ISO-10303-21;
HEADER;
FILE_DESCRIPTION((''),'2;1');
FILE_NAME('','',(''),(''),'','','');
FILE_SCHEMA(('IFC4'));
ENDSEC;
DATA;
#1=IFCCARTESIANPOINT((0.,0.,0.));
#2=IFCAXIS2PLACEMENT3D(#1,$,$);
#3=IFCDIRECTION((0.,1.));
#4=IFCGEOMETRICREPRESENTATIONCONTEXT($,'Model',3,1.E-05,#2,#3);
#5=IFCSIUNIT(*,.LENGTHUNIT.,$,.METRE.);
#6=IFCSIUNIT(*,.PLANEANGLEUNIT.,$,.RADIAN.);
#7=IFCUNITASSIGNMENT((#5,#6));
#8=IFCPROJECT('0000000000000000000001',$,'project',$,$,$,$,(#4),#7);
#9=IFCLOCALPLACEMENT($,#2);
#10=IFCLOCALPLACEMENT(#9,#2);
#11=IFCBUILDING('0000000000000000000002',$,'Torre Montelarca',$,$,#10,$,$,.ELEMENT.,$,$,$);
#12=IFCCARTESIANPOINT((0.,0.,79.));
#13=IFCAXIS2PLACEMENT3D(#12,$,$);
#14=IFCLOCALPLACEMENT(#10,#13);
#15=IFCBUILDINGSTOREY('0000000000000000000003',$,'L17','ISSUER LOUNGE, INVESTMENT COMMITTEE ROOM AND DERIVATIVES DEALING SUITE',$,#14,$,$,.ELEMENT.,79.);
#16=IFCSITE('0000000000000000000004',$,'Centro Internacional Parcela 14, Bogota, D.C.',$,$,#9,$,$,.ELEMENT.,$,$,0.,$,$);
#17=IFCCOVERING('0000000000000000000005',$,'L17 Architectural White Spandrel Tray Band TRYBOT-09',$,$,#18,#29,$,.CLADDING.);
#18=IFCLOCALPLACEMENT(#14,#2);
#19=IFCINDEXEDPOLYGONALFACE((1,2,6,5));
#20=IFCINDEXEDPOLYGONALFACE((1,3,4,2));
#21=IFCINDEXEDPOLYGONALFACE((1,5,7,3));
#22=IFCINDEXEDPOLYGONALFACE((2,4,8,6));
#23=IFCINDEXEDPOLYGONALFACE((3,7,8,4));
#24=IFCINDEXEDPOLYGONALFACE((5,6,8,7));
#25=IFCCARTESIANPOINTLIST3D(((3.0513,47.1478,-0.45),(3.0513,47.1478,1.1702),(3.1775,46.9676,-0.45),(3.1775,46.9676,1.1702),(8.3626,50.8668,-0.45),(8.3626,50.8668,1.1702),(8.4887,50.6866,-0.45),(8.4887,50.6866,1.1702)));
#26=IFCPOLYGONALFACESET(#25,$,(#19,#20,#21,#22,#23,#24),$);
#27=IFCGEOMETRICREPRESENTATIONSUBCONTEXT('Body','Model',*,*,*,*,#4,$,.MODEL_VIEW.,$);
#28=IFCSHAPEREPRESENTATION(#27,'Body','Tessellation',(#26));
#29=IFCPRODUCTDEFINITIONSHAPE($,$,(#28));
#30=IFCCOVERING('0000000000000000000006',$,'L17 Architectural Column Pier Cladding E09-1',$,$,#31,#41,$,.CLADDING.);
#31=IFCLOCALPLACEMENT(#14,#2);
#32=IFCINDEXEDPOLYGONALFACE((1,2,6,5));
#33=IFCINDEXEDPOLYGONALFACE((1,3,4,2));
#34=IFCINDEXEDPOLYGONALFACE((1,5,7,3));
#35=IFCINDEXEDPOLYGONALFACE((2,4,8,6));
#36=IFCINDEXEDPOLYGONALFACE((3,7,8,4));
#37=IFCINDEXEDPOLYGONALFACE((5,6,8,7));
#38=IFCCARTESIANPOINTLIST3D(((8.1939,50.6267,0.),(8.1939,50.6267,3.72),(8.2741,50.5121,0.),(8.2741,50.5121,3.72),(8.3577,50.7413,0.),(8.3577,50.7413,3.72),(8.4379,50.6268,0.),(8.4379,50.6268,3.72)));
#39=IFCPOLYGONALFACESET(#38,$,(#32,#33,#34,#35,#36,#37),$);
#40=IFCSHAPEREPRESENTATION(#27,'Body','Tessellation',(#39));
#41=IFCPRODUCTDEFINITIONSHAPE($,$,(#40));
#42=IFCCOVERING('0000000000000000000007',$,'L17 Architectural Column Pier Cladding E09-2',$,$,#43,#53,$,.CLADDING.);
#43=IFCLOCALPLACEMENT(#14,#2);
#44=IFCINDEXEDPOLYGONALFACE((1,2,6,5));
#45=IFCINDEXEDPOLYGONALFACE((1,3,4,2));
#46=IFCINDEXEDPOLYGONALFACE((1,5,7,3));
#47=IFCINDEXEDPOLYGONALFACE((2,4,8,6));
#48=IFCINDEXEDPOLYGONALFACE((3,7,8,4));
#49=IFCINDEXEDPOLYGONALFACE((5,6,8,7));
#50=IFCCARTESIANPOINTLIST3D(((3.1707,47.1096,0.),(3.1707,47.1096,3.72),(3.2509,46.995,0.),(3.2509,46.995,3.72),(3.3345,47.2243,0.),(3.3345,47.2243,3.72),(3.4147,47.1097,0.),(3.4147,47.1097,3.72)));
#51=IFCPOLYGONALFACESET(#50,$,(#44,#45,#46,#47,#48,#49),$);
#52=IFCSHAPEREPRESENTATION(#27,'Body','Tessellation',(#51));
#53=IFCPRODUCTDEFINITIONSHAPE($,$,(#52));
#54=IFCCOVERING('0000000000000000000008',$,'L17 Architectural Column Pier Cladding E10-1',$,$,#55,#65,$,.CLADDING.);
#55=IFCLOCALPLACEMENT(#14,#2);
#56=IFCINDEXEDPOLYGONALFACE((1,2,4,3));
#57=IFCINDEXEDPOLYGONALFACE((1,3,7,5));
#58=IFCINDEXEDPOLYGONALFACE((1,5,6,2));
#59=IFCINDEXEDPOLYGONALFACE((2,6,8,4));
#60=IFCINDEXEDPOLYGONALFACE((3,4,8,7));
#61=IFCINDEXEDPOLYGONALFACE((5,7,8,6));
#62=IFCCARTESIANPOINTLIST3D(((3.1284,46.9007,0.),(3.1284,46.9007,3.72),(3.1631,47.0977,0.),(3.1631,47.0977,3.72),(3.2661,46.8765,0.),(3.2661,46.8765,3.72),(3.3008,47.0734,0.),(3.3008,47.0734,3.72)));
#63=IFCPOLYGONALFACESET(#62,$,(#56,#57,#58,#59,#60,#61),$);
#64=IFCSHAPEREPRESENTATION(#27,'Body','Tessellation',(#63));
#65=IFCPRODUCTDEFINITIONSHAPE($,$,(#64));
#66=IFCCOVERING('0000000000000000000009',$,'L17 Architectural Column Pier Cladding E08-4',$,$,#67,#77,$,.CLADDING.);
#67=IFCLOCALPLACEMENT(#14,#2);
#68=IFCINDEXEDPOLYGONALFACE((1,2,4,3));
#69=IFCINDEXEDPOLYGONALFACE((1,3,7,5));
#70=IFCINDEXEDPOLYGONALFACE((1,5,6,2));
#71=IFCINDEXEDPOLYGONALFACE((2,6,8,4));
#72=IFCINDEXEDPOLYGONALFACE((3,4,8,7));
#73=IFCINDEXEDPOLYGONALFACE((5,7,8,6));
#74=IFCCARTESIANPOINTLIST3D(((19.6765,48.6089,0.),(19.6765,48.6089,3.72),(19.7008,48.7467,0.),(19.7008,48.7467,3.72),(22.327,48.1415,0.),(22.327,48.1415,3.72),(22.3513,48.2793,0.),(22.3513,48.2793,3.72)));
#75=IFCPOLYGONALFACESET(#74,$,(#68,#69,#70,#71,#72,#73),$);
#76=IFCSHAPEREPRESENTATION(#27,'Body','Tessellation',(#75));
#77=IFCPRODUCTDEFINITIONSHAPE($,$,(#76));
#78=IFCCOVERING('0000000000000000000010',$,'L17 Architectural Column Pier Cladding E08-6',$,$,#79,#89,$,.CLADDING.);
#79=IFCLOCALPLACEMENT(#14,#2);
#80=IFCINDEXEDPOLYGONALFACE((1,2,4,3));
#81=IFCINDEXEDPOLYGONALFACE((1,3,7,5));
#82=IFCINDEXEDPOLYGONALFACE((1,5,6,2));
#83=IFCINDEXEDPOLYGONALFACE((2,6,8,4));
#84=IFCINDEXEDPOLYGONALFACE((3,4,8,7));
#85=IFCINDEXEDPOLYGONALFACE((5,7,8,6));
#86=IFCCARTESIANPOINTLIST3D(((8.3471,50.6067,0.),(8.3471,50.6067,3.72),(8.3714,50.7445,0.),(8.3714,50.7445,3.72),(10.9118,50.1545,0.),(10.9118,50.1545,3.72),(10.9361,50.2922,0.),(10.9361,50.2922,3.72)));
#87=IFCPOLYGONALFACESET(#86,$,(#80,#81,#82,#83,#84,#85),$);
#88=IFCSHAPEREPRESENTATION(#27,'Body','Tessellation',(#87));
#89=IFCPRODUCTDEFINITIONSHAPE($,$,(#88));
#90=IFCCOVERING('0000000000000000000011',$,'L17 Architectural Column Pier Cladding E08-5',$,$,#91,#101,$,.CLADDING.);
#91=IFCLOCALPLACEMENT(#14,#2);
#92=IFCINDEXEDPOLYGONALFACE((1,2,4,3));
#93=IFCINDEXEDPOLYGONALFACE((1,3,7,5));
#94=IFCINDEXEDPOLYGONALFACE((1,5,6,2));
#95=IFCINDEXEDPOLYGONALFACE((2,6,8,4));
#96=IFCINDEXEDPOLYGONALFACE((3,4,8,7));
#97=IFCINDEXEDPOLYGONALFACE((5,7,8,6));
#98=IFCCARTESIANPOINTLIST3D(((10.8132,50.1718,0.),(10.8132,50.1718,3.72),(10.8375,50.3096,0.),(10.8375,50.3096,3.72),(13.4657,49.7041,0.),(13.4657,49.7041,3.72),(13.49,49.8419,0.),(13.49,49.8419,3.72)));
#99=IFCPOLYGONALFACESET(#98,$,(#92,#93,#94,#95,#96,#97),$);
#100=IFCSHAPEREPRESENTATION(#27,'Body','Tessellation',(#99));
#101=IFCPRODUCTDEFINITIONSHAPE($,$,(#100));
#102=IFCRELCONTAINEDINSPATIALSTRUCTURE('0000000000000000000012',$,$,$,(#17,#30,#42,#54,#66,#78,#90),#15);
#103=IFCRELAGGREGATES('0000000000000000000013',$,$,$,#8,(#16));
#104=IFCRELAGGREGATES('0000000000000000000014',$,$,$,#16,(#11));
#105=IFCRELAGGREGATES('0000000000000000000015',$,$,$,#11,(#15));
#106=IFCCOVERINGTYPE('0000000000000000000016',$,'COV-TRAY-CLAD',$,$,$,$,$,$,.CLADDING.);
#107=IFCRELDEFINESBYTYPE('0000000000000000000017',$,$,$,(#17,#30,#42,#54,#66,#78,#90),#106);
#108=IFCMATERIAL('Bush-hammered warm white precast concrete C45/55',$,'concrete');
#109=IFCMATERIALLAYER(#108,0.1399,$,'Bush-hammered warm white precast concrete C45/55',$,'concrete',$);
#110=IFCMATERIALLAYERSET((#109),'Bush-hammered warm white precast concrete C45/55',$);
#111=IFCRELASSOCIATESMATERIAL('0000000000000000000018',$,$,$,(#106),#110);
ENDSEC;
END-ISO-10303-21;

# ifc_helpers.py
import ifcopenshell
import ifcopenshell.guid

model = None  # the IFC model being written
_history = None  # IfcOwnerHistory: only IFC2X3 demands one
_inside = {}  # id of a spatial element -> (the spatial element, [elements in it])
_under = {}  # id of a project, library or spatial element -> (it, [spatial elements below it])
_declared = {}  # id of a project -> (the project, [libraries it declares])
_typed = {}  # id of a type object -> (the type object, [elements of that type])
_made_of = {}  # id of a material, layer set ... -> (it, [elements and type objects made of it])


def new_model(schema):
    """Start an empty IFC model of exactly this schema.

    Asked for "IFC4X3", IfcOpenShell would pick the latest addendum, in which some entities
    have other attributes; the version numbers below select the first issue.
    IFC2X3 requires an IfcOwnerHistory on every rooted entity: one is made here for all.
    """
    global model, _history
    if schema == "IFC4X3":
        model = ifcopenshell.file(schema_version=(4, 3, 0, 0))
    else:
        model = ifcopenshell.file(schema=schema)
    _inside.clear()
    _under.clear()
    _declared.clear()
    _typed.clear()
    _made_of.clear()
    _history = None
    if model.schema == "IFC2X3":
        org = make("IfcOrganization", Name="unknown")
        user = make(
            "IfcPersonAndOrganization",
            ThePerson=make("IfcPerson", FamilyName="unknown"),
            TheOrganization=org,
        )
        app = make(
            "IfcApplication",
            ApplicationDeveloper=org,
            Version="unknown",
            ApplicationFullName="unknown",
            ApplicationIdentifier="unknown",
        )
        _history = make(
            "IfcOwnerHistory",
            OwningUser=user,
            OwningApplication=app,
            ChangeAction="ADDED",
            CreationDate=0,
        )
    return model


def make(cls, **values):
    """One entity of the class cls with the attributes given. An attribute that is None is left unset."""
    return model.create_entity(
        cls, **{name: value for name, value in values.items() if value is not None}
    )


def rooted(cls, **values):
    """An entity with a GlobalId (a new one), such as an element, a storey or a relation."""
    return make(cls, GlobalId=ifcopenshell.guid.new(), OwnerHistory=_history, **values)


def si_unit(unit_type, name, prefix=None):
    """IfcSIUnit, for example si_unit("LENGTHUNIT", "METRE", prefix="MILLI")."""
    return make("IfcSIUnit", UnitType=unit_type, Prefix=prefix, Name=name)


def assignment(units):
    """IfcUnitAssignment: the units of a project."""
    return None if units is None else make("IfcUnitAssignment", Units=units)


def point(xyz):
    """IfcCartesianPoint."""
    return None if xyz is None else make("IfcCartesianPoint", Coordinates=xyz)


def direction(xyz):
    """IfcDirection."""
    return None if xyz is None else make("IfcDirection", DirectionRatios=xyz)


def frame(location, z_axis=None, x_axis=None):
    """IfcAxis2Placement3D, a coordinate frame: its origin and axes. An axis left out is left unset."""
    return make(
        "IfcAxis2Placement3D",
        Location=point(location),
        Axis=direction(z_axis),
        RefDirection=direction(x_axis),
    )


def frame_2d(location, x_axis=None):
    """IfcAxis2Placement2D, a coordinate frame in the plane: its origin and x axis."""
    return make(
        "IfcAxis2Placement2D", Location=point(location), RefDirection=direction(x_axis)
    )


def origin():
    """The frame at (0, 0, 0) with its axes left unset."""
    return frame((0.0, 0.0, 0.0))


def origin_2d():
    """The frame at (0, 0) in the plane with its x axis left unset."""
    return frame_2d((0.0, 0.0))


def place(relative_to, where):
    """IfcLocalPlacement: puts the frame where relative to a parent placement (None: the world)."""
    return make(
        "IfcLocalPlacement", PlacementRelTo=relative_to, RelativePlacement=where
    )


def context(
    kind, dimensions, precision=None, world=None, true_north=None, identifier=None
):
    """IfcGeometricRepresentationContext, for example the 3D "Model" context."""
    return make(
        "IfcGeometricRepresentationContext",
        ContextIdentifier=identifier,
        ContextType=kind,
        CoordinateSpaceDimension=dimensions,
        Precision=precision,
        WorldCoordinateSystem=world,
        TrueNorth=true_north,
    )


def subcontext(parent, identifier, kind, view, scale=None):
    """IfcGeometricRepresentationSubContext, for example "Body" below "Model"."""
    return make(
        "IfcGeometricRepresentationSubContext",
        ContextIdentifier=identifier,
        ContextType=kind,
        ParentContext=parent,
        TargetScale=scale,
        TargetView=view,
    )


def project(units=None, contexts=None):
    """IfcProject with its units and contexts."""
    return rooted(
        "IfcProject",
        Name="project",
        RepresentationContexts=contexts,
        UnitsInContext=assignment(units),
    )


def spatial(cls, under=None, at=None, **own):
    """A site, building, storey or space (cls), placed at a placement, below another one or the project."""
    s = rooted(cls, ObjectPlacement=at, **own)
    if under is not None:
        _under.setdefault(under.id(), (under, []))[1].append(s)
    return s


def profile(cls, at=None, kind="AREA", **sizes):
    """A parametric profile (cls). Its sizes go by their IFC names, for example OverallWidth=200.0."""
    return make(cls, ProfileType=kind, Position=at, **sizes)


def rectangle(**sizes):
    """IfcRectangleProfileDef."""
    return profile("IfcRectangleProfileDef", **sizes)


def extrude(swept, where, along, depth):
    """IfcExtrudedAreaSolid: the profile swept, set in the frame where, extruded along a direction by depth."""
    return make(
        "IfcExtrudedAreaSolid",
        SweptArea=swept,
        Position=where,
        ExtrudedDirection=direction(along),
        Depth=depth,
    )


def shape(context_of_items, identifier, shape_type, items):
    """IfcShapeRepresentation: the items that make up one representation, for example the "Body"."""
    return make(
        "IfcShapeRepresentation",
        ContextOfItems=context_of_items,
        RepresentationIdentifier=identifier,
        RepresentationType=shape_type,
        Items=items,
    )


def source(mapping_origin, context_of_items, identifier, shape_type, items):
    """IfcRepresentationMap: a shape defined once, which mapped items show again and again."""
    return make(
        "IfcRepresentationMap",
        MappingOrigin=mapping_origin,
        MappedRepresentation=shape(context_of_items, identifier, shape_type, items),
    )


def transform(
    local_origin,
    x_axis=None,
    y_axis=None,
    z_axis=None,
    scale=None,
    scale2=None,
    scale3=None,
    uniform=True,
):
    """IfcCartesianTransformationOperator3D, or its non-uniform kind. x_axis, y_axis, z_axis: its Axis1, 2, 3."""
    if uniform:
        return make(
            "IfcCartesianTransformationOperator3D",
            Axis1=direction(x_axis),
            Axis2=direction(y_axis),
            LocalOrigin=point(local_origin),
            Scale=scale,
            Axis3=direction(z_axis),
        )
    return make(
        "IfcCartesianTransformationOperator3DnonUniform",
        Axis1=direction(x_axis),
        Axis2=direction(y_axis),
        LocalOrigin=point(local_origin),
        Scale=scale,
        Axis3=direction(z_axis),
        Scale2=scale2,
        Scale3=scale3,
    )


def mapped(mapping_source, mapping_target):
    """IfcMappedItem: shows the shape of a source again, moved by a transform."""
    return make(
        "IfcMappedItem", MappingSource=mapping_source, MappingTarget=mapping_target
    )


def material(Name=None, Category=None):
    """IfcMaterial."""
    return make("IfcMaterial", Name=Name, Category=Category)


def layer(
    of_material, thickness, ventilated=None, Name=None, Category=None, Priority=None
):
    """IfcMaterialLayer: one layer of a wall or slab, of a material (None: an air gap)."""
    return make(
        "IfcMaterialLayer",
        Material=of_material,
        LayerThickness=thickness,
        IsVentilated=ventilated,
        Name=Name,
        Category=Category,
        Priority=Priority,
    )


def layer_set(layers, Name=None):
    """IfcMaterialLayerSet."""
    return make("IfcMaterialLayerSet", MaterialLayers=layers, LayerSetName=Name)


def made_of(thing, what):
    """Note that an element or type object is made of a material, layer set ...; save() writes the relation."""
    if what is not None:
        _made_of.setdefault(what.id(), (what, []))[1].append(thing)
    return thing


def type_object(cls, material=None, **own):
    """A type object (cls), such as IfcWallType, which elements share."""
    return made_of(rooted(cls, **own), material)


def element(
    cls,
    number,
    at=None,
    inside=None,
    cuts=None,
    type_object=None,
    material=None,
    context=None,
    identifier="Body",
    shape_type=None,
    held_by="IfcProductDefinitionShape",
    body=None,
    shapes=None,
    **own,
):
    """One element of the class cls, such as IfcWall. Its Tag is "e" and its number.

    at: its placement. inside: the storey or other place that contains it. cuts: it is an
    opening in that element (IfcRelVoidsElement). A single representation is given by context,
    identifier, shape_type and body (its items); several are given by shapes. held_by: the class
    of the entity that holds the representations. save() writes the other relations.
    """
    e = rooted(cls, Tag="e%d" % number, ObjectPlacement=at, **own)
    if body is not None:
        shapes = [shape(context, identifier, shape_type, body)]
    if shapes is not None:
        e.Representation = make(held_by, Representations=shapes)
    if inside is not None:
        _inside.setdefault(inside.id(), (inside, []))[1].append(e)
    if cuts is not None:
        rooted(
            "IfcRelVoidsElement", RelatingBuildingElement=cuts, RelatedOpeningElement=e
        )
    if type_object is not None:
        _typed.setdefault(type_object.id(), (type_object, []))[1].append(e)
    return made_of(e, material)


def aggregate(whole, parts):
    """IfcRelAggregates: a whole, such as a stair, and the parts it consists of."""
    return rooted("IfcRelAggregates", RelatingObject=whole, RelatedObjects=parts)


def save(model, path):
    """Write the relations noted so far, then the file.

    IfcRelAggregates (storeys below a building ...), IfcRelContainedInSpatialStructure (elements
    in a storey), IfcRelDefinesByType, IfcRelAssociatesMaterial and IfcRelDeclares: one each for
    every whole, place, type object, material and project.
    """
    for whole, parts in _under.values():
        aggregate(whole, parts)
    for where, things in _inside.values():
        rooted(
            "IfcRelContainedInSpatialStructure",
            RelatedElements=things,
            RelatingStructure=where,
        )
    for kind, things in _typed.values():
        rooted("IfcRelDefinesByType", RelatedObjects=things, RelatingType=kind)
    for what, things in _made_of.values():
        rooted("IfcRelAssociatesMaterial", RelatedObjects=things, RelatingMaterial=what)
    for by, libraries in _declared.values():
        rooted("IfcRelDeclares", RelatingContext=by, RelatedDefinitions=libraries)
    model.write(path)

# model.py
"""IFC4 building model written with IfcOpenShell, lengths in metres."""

from ifc_helpers import new_model, si_unit, direction, frame, origin, origin_2d, place, context, subcontext, project, spatial, rectangle, extrude, source, transform, mapped, material, layer, layer_set, type_object, element, save


model = new_model("IFC4")

# Units and contexts
model_context = context("Model", 3, precision=1e-05, world=origin(), true_north=direction((0.0, 1.0)))
body_context = subcontext(model_context, "Body", "Model", "MODEL_VIEW")
ifc_project = project(units=[si_unit("LENGTHUNIT", "METRE"), si_unit("PLANEANGLEUNIT", "RADIAN")], contexts=[model_context])

# Site, building, storey
site_placement = place(None, origin())
site = spatial("IfcSite", under=ifc_project, at=site_placement, Name="Centro Internacional Parcela 14, Bogota, D.C.", CompositionType="ELEMENT", RefElevation=0.0)
building_placement = place(site_placement, origin())
building = spatial("IfcBuilding", under=site, at=building_placement, Name="Torre Montelarca", CompositionType="ELEMENT")
storey_placement = place(building_placement, frame((0.0, 0.0, 79.0)))
storey = spatial("IfcBuildingStorey", under=building, at=storey_placement, Name="L17", Description="ISSUER LOUNGE, INVESTMENT COMMITTEE ROOM AND DERIVATIVES DEALING SUITE", CompositionType="ELEMENT", Elevation=79.0)

# Coverings
ifc_material_1 = material(Name="Bush-hammered warm white precast concrete C45/55", Category="concrete")
ifc_layer_1 = layer(ifc_material_1, 0.1399, Name="Bush-hammered warm white precast concrete C45/55", Category="concrete")
ifc_layer_set_1 = layer_set([ifc_layer_1], Name="Bush-hammered warm white precast concrete C45/55")
covering_type = type_object("IfcCoveringType", Name="COV-TRAY-CLAD", PredefinedType="CLADDING", material=ifc_layer_set_1)
shared_shape_1 = source(origin(), body_context, "Body", "SweptSolid", [
    extrude(rectangle(XDim=6.4839, YDim=0.22, at=origin_2d()), origin(), (0.0, 0.0, 1.0), 1.6201),
])
covering_1_placement = place(storey_placement, frame((5.77, 48.9172, -0.45), z_axis=(0.0, 0.0, 1.0), x_axis=(-0.819151, -0.573578, 0.0)))
element("IfcCovering", 1, at=covering_1_placement, inside=storey, type_object=covering_type, Name="L17 Architectural White Spandrel Tray Band TRYBOT-09", PredefinedType="CLADDING", context=body_context, shape_type="MappedRepresentation", body=[
    mapped(shared_shape_1, transform((0.0, 0.0, 0.0), scale=1.0)),
])
shared_shape_2 = source(origin(), body_context, "Body", "SweptSolid", [
    extrude(rectangle(XDim=0.2, YDim=0.1399, at=origin_2d()), origin(), (0.0, 0.0, 1.0), 3.72),
])
for number, where, z_axis, x_axis, name in (
    (2, (8.3159, 50.6267, 0.0), (0.0, 0.0, 1.0), (-0.819159, -0.573566, 0.0), "L17 Architectural Column Pier Cladding E09-1"),
    (3, (3.2927, 47.1096, 0.0), (0.0, 0.0, 1.0), (-0.819159, -0.573566, 0.0), "L17 Architectural Column Pier Cladding E09-2"),
    (4, (3.2146, 46.9871, 0.0), (0.0, 0.0, 1.0), (-0.173648, -0.984808, 0.0), "L17 Architectural Column Pier Cladding E10-1"),
):
    element("IfcCovering", number, at=place(storey_placement, frame(where, z_axis=z_axis, x_axis=x_axis)), inside=storey, type_object=covering_type, Name=name, PredefinedType="CLADDING", context=body_context, shape_type="MappedRepresentation", body=[
        mapped(shared_shape_2, transform((0.0, 0.0, 0.0), scale=1.0)),
    ])
shared_shape_3 = source(origin(), body_context, "Body", "SweptSolid", [
    extrude(rectangle(XDim=2.6914, YDim=0.1399, at=origin_2d()), origin(), (0.0, 0.0, 1.0), 3.72),
])
covering_2_placement = place(storey_placement, frame((21.0139, 48.4441, 0.0), z_axis=(0.0, 0.0, 1.0), x_axis=(-0.984808, 0.173646, 0.0)))
element("IfcCovering", 5, at=covering_2_placement, inside=storey, type_object=covering_type, Name="L17 Architectural Column Pier Cladding E08-4", PredefinedType="CLADDING", context=body_context, shape_type="MappedRepresentation", body=[
    mapped(shared_shape_3, transform((0.0, 0.0, 0.0), scale=1.0)),
])
shared_shape_4 = source(origin(), body_context, "Body", "SweptSolid", [
    extrude(rectangle(XDim=2.6042, YDim=0.1399, at=origin_2d()), origin(), (0.0, 0.0, 1.0), 3.72),
])
covering_3_placement = place(storey_placement, frame((9.6416, 50.4495, 0.0), z_axis=(0.0, 0.0, 1.0), x_axis=(-0.984808, 0.173646, 0.0)))
element("IfcCovering", 6, at=covering_3_placement, inside=storey, type_object=covering_type, Name="L17 Architectural Column Pier Cladding E08-6", PredefinedType="CLADDING", context=body_context, shape_type="MappedRepresentation", body=[
    mapped(shared_shape_4, transform((0.0, 0.0, 0.0), scale=1.0)),
])
shared_shape_5 = source(origin(), body_context, "Body", "SweptSolid", [
    extrude(rectangle(XDim=2.6934, YDim=0.1399, at=origin_2d()), origin(), (0.0, 0.0, 1.0), 3.72),
])
covering_4_placement = place(storey_placement, frame((12.1516, 50.0068, 0.0), z_axis=(0.0, 0.0, 1.0), x_axis=(-0.984808, 0.173646, 0.0)))
element("IfcCovering", 7, at=covering_4_placement, inside=storey, type_object=covering_type, Name="L17 Architectural Column Pier Cladding E08-5", PredefinedType="CLADDING", context=body_context, shape_type="MappedRepresentation", body=[
    mapped(shared_shape_5, transform((0.0, 0.0, 0.0), scale=1.0)),
])

save(model, "model.ifc")
